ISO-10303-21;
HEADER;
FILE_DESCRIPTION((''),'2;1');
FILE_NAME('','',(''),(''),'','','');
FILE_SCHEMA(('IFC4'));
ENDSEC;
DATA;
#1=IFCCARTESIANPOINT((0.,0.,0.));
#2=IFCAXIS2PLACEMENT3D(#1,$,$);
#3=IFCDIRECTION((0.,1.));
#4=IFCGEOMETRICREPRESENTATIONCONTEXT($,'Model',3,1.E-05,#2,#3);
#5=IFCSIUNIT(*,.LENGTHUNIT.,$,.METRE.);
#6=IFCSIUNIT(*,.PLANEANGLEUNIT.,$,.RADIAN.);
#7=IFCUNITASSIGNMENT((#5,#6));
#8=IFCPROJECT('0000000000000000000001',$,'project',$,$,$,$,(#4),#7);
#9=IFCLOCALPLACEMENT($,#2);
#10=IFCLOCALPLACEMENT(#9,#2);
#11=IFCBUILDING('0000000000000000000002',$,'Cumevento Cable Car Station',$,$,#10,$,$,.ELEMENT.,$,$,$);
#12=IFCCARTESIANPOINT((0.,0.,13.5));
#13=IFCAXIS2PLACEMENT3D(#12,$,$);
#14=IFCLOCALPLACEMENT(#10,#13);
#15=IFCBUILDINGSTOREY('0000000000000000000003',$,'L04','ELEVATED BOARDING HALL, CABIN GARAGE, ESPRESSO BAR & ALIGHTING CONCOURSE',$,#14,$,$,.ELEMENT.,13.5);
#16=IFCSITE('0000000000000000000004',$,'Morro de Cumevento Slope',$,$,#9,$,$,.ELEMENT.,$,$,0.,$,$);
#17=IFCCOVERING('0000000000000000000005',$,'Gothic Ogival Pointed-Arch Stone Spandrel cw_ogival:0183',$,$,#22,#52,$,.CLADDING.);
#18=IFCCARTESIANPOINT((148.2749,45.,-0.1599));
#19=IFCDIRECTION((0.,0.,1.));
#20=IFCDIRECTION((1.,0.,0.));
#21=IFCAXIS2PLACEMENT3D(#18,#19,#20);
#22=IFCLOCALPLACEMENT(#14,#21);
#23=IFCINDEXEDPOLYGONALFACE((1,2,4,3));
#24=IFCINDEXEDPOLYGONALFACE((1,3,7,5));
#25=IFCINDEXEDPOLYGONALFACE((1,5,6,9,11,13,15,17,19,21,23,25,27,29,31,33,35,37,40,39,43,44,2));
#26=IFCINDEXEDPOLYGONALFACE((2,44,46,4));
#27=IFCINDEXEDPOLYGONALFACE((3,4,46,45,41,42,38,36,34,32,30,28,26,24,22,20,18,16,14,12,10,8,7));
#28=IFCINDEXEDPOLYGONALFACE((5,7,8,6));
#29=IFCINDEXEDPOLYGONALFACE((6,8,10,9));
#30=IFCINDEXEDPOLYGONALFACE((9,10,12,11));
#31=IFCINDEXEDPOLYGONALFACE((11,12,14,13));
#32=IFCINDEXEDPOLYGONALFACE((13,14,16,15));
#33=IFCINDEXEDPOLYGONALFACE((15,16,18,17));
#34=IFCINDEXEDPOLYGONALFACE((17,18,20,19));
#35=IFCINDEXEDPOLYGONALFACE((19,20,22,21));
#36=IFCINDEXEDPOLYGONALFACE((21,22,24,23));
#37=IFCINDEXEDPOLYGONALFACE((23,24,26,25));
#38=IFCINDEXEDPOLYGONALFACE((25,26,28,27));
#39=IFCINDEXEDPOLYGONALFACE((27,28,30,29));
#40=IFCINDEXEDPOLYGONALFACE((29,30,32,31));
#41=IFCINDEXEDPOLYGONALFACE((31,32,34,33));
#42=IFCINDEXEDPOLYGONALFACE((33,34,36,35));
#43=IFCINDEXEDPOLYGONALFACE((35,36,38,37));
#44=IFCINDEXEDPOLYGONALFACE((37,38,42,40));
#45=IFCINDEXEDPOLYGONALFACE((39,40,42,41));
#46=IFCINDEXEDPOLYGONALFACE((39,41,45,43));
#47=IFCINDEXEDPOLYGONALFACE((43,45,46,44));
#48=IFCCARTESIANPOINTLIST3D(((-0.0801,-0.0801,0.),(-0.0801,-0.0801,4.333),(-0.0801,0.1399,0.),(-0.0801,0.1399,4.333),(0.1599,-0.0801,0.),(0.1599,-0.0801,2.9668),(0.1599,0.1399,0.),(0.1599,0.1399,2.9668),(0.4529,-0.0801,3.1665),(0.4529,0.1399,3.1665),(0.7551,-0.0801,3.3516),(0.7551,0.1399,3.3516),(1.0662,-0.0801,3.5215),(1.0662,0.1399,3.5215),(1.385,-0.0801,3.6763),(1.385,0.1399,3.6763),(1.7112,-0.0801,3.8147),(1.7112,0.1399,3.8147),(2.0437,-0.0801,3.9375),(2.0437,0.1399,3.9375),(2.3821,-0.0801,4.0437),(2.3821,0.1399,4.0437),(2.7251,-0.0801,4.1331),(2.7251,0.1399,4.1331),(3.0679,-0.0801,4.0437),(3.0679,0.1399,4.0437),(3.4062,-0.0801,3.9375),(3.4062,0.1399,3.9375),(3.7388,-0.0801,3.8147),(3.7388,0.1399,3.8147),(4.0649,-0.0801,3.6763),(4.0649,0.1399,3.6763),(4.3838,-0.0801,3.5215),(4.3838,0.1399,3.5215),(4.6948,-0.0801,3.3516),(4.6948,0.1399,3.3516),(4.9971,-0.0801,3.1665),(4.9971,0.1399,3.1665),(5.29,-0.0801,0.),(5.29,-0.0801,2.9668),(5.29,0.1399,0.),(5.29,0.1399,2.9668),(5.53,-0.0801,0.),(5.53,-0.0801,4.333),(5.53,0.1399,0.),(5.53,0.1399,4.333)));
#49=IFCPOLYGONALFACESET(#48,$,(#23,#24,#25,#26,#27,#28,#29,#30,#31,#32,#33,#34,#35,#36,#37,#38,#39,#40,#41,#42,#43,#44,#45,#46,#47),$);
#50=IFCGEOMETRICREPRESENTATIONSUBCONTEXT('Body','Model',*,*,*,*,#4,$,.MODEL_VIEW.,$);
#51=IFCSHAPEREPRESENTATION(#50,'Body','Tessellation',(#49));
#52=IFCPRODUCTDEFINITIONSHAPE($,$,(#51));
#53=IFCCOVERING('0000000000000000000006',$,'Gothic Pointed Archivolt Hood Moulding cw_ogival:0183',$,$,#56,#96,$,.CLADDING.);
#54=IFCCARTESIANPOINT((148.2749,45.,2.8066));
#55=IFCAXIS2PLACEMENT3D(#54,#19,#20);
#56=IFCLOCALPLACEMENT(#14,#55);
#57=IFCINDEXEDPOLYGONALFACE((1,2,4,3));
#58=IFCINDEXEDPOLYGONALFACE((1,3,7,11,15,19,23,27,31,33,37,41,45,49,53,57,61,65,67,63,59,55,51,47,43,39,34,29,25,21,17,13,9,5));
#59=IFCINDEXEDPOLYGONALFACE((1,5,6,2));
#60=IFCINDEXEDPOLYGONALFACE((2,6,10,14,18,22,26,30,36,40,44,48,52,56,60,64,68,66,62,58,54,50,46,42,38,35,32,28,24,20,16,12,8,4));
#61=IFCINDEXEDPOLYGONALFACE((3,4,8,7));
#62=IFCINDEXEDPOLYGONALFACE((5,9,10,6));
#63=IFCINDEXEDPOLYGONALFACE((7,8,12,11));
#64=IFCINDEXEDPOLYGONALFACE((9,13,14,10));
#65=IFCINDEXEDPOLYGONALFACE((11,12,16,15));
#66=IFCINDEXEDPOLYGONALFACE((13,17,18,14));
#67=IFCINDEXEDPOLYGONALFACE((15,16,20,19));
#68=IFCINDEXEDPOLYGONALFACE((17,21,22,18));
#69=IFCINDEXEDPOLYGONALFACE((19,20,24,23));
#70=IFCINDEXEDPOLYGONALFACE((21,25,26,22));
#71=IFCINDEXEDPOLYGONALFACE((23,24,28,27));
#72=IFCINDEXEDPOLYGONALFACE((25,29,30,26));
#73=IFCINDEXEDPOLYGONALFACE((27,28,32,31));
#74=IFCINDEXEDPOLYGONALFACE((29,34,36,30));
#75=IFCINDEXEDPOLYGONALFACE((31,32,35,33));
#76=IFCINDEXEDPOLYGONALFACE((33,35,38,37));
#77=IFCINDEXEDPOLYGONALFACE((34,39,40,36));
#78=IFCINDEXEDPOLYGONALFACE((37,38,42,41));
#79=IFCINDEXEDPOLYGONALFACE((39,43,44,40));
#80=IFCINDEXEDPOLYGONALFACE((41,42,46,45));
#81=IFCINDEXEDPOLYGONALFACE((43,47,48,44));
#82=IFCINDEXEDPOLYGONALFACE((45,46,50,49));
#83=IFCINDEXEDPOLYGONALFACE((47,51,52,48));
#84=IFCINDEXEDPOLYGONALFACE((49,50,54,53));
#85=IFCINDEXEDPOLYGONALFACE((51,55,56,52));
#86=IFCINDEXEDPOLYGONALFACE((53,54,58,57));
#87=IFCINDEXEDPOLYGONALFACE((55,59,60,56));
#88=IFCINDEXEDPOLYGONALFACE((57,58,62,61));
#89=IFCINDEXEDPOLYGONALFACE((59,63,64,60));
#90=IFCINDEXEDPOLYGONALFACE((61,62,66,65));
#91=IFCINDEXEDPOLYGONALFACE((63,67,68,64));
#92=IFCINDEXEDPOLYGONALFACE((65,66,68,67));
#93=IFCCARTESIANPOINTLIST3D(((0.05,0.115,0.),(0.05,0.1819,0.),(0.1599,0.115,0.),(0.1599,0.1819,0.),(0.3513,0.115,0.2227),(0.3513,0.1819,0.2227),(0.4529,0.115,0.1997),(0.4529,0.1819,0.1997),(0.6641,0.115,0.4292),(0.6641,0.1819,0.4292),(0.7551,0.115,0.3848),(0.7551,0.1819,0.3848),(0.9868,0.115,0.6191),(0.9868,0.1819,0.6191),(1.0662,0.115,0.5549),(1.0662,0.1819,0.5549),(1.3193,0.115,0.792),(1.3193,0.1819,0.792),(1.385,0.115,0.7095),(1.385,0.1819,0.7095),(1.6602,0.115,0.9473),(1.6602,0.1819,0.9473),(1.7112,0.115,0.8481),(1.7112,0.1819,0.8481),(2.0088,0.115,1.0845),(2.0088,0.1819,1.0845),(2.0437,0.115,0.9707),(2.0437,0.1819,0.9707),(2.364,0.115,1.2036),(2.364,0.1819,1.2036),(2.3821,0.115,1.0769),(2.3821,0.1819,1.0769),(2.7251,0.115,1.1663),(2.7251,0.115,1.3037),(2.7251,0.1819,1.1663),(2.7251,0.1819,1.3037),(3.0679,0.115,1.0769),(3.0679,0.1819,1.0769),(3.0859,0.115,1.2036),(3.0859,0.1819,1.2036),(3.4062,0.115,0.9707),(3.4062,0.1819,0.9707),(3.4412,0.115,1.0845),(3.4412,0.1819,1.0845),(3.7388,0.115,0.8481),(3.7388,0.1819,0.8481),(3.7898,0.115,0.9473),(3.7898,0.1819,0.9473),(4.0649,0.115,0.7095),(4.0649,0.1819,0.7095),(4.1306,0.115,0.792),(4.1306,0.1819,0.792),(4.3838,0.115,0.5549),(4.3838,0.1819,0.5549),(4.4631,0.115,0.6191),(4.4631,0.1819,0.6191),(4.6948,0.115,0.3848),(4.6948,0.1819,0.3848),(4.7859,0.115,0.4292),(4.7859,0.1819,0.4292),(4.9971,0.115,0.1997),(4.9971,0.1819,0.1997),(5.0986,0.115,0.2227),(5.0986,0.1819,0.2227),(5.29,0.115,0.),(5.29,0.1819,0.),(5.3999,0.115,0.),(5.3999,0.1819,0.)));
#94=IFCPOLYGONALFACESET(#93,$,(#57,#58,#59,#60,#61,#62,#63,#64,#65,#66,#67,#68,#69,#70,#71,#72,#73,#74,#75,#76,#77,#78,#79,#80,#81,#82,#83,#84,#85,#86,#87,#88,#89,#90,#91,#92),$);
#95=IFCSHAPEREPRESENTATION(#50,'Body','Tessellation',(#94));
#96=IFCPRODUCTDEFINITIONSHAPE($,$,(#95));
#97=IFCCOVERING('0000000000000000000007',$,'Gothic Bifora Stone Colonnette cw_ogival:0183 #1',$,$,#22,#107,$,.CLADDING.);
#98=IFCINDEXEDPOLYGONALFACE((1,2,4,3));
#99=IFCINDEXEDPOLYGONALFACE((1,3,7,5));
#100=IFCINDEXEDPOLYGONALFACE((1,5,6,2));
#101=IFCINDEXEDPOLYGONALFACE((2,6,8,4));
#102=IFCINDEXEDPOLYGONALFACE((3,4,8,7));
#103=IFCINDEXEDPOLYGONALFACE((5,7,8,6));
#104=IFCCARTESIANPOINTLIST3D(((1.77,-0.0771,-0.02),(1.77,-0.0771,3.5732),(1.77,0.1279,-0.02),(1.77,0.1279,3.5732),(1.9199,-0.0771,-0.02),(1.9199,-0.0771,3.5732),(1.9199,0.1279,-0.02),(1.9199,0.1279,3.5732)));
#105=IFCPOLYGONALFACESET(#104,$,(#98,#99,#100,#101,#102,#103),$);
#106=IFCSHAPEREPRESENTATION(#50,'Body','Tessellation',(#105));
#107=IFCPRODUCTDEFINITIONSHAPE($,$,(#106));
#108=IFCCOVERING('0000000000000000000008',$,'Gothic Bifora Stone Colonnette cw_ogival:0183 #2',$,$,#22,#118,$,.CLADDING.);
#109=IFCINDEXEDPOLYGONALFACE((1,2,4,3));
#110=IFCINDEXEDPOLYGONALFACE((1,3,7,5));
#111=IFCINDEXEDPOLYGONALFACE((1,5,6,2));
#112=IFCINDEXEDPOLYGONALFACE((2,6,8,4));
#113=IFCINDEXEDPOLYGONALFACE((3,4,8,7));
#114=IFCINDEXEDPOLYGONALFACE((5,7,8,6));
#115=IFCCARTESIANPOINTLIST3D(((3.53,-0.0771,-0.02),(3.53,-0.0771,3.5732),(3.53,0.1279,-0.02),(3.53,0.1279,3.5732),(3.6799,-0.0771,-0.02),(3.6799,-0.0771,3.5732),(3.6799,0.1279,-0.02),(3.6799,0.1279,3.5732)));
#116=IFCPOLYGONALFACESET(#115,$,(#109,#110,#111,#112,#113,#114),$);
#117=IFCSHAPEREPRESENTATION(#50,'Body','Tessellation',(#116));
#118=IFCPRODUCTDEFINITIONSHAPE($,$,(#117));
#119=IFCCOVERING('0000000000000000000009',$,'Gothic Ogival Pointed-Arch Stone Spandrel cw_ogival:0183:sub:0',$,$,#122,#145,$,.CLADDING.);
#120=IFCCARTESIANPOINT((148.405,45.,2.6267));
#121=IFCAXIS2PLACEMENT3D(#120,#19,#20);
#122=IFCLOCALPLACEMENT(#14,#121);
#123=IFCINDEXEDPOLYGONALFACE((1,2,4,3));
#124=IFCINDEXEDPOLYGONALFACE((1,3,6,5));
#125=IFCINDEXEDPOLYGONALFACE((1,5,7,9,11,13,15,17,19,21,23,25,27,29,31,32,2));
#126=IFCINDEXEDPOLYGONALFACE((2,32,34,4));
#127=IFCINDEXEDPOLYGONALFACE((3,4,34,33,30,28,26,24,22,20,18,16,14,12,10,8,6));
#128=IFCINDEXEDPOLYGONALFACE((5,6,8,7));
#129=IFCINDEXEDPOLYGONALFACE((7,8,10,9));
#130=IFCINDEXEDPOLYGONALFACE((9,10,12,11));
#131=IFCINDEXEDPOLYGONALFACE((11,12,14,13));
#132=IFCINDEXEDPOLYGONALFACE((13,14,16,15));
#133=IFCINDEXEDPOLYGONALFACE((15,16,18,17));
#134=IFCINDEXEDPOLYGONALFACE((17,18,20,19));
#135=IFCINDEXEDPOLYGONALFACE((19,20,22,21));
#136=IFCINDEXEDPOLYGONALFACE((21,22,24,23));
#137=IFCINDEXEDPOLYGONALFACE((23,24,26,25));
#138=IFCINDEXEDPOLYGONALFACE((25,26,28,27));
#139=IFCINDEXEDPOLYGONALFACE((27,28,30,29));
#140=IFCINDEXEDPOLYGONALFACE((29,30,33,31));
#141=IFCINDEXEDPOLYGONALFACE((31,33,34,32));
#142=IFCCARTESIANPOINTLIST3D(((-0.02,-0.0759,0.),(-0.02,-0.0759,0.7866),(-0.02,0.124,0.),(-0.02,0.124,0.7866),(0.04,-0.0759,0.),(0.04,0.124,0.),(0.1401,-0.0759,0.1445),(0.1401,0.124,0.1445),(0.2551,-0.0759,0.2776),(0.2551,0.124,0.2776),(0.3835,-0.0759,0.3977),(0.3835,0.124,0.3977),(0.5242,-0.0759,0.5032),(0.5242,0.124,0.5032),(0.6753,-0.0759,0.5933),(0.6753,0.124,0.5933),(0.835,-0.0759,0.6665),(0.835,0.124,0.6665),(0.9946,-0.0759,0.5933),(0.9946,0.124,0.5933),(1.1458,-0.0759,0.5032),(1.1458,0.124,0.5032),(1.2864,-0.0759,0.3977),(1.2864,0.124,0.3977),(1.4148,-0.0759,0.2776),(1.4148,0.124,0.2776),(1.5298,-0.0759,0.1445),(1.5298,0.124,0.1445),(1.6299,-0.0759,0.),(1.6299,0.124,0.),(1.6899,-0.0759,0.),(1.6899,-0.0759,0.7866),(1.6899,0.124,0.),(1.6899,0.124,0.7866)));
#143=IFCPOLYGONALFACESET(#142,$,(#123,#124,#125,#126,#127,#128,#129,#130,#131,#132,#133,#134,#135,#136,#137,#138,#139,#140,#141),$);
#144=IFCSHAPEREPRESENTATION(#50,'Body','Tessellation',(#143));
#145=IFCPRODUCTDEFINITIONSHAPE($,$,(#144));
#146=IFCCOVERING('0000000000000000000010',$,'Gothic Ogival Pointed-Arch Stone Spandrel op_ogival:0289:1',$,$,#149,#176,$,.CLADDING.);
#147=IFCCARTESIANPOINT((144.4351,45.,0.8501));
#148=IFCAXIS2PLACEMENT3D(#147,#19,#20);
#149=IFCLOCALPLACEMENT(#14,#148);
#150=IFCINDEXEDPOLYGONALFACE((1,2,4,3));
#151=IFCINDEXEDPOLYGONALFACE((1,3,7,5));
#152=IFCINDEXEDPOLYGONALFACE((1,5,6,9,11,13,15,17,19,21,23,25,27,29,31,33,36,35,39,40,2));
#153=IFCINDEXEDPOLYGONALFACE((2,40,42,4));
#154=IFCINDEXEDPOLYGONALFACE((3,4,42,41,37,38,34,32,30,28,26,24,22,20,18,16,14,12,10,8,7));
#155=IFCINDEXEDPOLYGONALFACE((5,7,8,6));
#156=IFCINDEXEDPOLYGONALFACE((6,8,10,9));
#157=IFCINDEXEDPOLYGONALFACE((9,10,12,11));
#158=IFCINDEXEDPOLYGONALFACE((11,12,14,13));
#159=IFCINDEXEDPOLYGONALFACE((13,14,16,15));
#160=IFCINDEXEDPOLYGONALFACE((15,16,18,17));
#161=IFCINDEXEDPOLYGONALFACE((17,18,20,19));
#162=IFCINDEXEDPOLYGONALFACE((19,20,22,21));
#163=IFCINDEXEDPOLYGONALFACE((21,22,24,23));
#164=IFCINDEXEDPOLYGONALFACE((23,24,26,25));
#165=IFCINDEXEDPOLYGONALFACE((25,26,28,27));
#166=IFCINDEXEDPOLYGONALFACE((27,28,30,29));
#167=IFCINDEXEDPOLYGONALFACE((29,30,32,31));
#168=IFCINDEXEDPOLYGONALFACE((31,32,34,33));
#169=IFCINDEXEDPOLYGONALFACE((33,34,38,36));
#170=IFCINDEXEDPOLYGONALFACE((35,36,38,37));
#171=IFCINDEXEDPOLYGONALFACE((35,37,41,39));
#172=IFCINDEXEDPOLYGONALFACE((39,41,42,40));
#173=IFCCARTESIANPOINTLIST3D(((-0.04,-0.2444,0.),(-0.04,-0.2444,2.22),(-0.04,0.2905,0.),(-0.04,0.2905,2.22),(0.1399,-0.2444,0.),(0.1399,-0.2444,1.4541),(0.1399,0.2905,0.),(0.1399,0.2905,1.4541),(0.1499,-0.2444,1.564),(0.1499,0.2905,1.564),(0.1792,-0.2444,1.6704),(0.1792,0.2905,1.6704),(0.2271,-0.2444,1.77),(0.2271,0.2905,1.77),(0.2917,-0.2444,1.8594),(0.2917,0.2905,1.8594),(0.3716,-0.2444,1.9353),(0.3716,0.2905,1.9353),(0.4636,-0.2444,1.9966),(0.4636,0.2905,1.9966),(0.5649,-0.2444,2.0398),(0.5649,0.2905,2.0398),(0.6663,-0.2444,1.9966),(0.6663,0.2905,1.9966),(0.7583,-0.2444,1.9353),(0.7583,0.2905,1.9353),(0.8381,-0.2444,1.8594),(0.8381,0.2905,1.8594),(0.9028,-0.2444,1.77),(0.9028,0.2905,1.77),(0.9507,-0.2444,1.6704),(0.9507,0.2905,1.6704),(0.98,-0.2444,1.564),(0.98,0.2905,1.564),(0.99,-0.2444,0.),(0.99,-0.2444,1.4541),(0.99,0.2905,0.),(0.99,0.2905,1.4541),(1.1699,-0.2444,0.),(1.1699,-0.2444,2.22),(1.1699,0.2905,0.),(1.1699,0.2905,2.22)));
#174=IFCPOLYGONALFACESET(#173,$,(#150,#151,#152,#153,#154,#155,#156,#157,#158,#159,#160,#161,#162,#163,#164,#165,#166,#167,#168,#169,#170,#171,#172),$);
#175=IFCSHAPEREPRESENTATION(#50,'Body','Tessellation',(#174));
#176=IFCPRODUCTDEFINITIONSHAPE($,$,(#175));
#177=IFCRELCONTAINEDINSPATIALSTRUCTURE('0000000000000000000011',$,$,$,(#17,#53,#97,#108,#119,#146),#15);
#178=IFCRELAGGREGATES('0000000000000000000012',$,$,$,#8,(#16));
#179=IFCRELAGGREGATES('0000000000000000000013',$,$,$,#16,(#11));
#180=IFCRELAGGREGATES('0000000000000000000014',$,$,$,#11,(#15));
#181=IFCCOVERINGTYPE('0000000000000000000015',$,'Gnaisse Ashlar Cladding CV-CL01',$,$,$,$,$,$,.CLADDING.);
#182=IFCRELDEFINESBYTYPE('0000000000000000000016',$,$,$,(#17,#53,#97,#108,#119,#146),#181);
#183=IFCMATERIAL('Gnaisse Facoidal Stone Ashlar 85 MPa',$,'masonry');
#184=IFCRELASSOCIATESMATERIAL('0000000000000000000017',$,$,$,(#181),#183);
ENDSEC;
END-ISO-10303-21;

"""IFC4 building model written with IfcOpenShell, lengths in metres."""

from ifc_helpers import new_model, si_unit, direction, frame, origin, place, context, subcontext, project, spatial, polyline, outline, extrude, material, type_object, element, save


model = new_model("IFC4")

# Units and contexts
model_context = context("Model", 3, precision=1e-05, world=origin(), true_north=direction((0.0, 1.0)))
body_context = subcontext(model_context, "Body", "Model", "MODEL_VIEW")
ifc_project = project(units=[si_unit("LENGTHUNIT", "METRE"), si_unit("PLANEANGLEUNIT", "RADIAN")], contexts=[model_context])

# Site, building, storey
site_placement = place(None, origin())
site = spatial("IfcSite", under=ifc_project, at=site_placement, Name="Morro de Cumevento Slope", CompositionType="ELEMENT", RefElevation=0.0)
building_placement = place(site_placement, origin())
building = spatial("IfcBuilding", under=site, at=building_placement, Name="Cumevento Cable Car Station", CompositionType="ELEMENT")
storey_placement = place(building_placement, frame((0.0, 0.0, 13.5)))
storey = spatial("IfcBuildingStorey", under=building, at=storey_placement, Name="L04", Description="ELEVATED BOARDING HALL, CABIN GARAGE, ESPRESSO BAR & ALIGHTING CONCOURSE", CompositionType="ELEMENT", Elevation=13.5)

# Coverings
ifc_material_1 = material(Name="Gnaisse Facoidal Stone Ashlar 85 MPa", Category="masonry")
covering_type = type_object("IfcCoveringType", Name="Gnaisse Ashlar Cladding CV-CL01", PredefinedType="CLADDING", material=ifc_material_1)
placement = place(storey_placement, frame((148.2749, 45.0, -0.1599), z_axis=(0.0, 0.0, 1.0), x_axis=(1.0, 0.0, 0.0)))
element("IfcCovering", 1, at=placement, inside=storey, type_object=covering_type, Name="Gothic Ogival Pointed-Arch Stone Spandrel cw_ogival:0183", PredefinedType="CLADDING", context=body_context, shape_type="SweptSolid", body=[
    extrude(outline(polyline([(-0.0801, 0.0), (-0.0801, 4.333), (5.53, 4.333), (5.53, 0.0), (5.29, 0.0), (5.29, 2.9668), (4.9971, 3.1665), (4.6948, 3.3516), (4.3838, 3.5215), (4.0649, 3.6763), (3.7388, 3.8147), (3.4062, 3.9375), (3.0679, 4.0437), (2.7251, 4.1331), (2.3821, 4.0437), (2.0437, 3.9375), (1.7112, 3.8147), (1.385, 3.6763), (1.0662, 3.5215), (0.7551, 3.3516), (0.4529, 3.1665), (0.1599, 2.9668), (0.1599, 0.0), (-0.0801, 0.0)])), frame((0.0, 0.1399, 0.0), z_axis=(0.0, -1.0, 0.0), x_axis=(1.0, 0.0, 0.0)), (0.0, 0.0, 1.0), 0.22),
])
covering_1_placement = place(storey_placement, frame((148.2749, 45.0, 2.8066), z_axis=(0.0, 0.0, 1.0), x_axis=(1.0, 0.0, 0.0)))
element("IfcCovering", 2, at=covering_1_placement, inside=storey, type_object=covering_type, Name="Gothic Pointed Archivolt Hood Moulding cw_ogival:0183", PredefinedType="CLADDING", context=body_context, shape_type="SweptSolid", body=[
    extrude(outline(polyline([(0.1599, 0.0), (0.4529, 0.1997), (0.7551, 0.3848), (1.0662, 0.5549), (1.385, 0.7095), (1.7112, 0.8481), (2.0437, 0.9707), (2.3821, 1.0769), (2.7251, 1.1663), (3.0679, 1.0769), (3.4062, 0.9707), (3.7388, 0.8481), (4.0649, 0.7095), (4.3838, 0.5549), (4.6948, 0.3848), (4.9971, 0.1997), (5.29, 0.0), (5.3999, 0.0), (5.0986, 0.2227), (4.7859, 0.4292), (4.4631, 0.6191), (4.1306, 0.792), (3.7898, 0.9473), (3.4412, 1.0845), (3.0859, 1.2036), (2.7251, 1.3037), (2.364, 1.2036), (2.0088, 1.0845), (1.6602, 0.9473), (1.3193, 0.792), (0.9868, 0.6191), (0.6641, 0.4292), (0.3513, 0.2227), (0.05, 0.0), (0.1599, 0.0)])), frame((0.0, 0.1819, 0.0), z_axis=(0.0, -1.0, 0.0), x_axis=(1.0, 0.0, 0.0)), (0.0, 0.0, 1.0), 0.0669),
])
element("IfcCovering", 3, at=placement, inside=storey, type_object=covering_type, Name="Gothic Bifora Stone Colonnette cw_ogival:0183 #1", PredefinedType="CLADDING", context=body_context, shape_type="SweptSolid", body=[
    extrude(outline(polyline([(1.77, -0.02), (1.9199, -0.02), (1.9199, 3.5732), (1.77, 3.5732), (1.77, -0.02)])), frame((0.0, 0.1279, 0.0), z_axis=(0.0, -1.0, 0.0), x_axis=(1.0, 0.0, 0.0)), (0.0, 0.0, 1.0), 0.2051),
])
element("IfcCovering", 4, at=placement, inside=storey, type_object=covering_type, Name="Gothic Bifora Stone Colonnette cw_ogival:0183 #2", PredefinedType="CLADDING", context=body_context, shape_type="SweptSolid", body=[
    extrude(outline(polyline([(3.53, -0.02), (3.6799, -0.02), (3.6799, 3.5732), (3.53, 3.5732), (3.53, -0.02)])), frame((0.0, 0.1279, 0.0), z_axis=(0.0, -1.0, 0.0), x_axis=(1.0, 0.0, 0.0)), (0.0, 0.0, 1.0), 0.2051),
])
covering_2_placement = place(storey_placement, frame((148.405, 45.0, 2.6267), z_axis=(0.0, 0.0, 1.0), x_axis=(1.0, 0.0, 0.0)))
element("IfcCovering", 5, at=covering_2_placement, inside=storey, type_object=covering_type, Name="Gothic Ogival Pointed-Arch Stone Spandrel cw_ogival:0183:sub:0", PredefinedType="CLADDING", context=body_context, shape_type="SweptSolid", body=[
    extrude(outline(polyline([(-0.02, 0.0), (-0.02, 0.7866), (1.6899, 0.7866), (1.6899, 0.0), (1.6299, 0.0), (1.5298, 0.1445), (1.4148, 0.2776), (1.2864, 0.3977), (1.1458, 0.5032), (0.9946, 0.5933), (0.835, 0.6665), (0.6753, 0.5933), (0.5242, 0.5032), (0.3835, 0.3977), (0.2551, 0.2776), (0.1401, 0.1445), (0.04, 0.0), (-0.02, 0.0)])), frame((0.0, 0.124, 0.0), z_axis=(0.0, -1.0, 0.0), x_axis=(1.0, 0.0, 0.0)), (0.0, 0.0, 1.0), 0.2),
])
covering_3_placement = place(storey_placement, frame((144.4351, 45.0, 0.8501), z_axis=(0.0, 0.0, 1.0), x_axis=(1.0, 0.0, 0.0)))
element("IfcCovering", 6, at=covering_3_placement, inside=storey, type_object=covering_type, Name="Gothic Ogival Pointed-Arch Stone Spandrel op_ogival:0289:1", PredefinedType="CLADDING", context=body_context, shape_type="SweptSolid", body=[
    extrude(outline(polyline([(-0.04, 0.0), (-0.04, 2.22), (1.1699, 2.22), (1.1699, 0.0), (0.99, 0.0), (0.99, 1.4541), (0.98, 1.564), (0.9507, 1.6704), (0.9028, 1.77), (0.8381, 1.8594), (0.7583, 1.9353), (0.6663, 1.9966), (0.5649, 2.0398), (0.4636, 1.9966), (0.3716, 1.9353), (0.2917, 1.8594), (0.2271, 1.77), (0.1792, 1.6704), (0.1499, 1.564), (0.1399, 1.4541), (0.1399, 0.0), (-0.04, 0.0)])), frame((0.0, 0.2905, 0.0), z_axis=(0.0, -1.0, 0.0), x_axis=(1.0, 0.0, 0.0)), (0.0, 0.0, 1.0), 0.5349),
])

save(model, "model.ifc")
